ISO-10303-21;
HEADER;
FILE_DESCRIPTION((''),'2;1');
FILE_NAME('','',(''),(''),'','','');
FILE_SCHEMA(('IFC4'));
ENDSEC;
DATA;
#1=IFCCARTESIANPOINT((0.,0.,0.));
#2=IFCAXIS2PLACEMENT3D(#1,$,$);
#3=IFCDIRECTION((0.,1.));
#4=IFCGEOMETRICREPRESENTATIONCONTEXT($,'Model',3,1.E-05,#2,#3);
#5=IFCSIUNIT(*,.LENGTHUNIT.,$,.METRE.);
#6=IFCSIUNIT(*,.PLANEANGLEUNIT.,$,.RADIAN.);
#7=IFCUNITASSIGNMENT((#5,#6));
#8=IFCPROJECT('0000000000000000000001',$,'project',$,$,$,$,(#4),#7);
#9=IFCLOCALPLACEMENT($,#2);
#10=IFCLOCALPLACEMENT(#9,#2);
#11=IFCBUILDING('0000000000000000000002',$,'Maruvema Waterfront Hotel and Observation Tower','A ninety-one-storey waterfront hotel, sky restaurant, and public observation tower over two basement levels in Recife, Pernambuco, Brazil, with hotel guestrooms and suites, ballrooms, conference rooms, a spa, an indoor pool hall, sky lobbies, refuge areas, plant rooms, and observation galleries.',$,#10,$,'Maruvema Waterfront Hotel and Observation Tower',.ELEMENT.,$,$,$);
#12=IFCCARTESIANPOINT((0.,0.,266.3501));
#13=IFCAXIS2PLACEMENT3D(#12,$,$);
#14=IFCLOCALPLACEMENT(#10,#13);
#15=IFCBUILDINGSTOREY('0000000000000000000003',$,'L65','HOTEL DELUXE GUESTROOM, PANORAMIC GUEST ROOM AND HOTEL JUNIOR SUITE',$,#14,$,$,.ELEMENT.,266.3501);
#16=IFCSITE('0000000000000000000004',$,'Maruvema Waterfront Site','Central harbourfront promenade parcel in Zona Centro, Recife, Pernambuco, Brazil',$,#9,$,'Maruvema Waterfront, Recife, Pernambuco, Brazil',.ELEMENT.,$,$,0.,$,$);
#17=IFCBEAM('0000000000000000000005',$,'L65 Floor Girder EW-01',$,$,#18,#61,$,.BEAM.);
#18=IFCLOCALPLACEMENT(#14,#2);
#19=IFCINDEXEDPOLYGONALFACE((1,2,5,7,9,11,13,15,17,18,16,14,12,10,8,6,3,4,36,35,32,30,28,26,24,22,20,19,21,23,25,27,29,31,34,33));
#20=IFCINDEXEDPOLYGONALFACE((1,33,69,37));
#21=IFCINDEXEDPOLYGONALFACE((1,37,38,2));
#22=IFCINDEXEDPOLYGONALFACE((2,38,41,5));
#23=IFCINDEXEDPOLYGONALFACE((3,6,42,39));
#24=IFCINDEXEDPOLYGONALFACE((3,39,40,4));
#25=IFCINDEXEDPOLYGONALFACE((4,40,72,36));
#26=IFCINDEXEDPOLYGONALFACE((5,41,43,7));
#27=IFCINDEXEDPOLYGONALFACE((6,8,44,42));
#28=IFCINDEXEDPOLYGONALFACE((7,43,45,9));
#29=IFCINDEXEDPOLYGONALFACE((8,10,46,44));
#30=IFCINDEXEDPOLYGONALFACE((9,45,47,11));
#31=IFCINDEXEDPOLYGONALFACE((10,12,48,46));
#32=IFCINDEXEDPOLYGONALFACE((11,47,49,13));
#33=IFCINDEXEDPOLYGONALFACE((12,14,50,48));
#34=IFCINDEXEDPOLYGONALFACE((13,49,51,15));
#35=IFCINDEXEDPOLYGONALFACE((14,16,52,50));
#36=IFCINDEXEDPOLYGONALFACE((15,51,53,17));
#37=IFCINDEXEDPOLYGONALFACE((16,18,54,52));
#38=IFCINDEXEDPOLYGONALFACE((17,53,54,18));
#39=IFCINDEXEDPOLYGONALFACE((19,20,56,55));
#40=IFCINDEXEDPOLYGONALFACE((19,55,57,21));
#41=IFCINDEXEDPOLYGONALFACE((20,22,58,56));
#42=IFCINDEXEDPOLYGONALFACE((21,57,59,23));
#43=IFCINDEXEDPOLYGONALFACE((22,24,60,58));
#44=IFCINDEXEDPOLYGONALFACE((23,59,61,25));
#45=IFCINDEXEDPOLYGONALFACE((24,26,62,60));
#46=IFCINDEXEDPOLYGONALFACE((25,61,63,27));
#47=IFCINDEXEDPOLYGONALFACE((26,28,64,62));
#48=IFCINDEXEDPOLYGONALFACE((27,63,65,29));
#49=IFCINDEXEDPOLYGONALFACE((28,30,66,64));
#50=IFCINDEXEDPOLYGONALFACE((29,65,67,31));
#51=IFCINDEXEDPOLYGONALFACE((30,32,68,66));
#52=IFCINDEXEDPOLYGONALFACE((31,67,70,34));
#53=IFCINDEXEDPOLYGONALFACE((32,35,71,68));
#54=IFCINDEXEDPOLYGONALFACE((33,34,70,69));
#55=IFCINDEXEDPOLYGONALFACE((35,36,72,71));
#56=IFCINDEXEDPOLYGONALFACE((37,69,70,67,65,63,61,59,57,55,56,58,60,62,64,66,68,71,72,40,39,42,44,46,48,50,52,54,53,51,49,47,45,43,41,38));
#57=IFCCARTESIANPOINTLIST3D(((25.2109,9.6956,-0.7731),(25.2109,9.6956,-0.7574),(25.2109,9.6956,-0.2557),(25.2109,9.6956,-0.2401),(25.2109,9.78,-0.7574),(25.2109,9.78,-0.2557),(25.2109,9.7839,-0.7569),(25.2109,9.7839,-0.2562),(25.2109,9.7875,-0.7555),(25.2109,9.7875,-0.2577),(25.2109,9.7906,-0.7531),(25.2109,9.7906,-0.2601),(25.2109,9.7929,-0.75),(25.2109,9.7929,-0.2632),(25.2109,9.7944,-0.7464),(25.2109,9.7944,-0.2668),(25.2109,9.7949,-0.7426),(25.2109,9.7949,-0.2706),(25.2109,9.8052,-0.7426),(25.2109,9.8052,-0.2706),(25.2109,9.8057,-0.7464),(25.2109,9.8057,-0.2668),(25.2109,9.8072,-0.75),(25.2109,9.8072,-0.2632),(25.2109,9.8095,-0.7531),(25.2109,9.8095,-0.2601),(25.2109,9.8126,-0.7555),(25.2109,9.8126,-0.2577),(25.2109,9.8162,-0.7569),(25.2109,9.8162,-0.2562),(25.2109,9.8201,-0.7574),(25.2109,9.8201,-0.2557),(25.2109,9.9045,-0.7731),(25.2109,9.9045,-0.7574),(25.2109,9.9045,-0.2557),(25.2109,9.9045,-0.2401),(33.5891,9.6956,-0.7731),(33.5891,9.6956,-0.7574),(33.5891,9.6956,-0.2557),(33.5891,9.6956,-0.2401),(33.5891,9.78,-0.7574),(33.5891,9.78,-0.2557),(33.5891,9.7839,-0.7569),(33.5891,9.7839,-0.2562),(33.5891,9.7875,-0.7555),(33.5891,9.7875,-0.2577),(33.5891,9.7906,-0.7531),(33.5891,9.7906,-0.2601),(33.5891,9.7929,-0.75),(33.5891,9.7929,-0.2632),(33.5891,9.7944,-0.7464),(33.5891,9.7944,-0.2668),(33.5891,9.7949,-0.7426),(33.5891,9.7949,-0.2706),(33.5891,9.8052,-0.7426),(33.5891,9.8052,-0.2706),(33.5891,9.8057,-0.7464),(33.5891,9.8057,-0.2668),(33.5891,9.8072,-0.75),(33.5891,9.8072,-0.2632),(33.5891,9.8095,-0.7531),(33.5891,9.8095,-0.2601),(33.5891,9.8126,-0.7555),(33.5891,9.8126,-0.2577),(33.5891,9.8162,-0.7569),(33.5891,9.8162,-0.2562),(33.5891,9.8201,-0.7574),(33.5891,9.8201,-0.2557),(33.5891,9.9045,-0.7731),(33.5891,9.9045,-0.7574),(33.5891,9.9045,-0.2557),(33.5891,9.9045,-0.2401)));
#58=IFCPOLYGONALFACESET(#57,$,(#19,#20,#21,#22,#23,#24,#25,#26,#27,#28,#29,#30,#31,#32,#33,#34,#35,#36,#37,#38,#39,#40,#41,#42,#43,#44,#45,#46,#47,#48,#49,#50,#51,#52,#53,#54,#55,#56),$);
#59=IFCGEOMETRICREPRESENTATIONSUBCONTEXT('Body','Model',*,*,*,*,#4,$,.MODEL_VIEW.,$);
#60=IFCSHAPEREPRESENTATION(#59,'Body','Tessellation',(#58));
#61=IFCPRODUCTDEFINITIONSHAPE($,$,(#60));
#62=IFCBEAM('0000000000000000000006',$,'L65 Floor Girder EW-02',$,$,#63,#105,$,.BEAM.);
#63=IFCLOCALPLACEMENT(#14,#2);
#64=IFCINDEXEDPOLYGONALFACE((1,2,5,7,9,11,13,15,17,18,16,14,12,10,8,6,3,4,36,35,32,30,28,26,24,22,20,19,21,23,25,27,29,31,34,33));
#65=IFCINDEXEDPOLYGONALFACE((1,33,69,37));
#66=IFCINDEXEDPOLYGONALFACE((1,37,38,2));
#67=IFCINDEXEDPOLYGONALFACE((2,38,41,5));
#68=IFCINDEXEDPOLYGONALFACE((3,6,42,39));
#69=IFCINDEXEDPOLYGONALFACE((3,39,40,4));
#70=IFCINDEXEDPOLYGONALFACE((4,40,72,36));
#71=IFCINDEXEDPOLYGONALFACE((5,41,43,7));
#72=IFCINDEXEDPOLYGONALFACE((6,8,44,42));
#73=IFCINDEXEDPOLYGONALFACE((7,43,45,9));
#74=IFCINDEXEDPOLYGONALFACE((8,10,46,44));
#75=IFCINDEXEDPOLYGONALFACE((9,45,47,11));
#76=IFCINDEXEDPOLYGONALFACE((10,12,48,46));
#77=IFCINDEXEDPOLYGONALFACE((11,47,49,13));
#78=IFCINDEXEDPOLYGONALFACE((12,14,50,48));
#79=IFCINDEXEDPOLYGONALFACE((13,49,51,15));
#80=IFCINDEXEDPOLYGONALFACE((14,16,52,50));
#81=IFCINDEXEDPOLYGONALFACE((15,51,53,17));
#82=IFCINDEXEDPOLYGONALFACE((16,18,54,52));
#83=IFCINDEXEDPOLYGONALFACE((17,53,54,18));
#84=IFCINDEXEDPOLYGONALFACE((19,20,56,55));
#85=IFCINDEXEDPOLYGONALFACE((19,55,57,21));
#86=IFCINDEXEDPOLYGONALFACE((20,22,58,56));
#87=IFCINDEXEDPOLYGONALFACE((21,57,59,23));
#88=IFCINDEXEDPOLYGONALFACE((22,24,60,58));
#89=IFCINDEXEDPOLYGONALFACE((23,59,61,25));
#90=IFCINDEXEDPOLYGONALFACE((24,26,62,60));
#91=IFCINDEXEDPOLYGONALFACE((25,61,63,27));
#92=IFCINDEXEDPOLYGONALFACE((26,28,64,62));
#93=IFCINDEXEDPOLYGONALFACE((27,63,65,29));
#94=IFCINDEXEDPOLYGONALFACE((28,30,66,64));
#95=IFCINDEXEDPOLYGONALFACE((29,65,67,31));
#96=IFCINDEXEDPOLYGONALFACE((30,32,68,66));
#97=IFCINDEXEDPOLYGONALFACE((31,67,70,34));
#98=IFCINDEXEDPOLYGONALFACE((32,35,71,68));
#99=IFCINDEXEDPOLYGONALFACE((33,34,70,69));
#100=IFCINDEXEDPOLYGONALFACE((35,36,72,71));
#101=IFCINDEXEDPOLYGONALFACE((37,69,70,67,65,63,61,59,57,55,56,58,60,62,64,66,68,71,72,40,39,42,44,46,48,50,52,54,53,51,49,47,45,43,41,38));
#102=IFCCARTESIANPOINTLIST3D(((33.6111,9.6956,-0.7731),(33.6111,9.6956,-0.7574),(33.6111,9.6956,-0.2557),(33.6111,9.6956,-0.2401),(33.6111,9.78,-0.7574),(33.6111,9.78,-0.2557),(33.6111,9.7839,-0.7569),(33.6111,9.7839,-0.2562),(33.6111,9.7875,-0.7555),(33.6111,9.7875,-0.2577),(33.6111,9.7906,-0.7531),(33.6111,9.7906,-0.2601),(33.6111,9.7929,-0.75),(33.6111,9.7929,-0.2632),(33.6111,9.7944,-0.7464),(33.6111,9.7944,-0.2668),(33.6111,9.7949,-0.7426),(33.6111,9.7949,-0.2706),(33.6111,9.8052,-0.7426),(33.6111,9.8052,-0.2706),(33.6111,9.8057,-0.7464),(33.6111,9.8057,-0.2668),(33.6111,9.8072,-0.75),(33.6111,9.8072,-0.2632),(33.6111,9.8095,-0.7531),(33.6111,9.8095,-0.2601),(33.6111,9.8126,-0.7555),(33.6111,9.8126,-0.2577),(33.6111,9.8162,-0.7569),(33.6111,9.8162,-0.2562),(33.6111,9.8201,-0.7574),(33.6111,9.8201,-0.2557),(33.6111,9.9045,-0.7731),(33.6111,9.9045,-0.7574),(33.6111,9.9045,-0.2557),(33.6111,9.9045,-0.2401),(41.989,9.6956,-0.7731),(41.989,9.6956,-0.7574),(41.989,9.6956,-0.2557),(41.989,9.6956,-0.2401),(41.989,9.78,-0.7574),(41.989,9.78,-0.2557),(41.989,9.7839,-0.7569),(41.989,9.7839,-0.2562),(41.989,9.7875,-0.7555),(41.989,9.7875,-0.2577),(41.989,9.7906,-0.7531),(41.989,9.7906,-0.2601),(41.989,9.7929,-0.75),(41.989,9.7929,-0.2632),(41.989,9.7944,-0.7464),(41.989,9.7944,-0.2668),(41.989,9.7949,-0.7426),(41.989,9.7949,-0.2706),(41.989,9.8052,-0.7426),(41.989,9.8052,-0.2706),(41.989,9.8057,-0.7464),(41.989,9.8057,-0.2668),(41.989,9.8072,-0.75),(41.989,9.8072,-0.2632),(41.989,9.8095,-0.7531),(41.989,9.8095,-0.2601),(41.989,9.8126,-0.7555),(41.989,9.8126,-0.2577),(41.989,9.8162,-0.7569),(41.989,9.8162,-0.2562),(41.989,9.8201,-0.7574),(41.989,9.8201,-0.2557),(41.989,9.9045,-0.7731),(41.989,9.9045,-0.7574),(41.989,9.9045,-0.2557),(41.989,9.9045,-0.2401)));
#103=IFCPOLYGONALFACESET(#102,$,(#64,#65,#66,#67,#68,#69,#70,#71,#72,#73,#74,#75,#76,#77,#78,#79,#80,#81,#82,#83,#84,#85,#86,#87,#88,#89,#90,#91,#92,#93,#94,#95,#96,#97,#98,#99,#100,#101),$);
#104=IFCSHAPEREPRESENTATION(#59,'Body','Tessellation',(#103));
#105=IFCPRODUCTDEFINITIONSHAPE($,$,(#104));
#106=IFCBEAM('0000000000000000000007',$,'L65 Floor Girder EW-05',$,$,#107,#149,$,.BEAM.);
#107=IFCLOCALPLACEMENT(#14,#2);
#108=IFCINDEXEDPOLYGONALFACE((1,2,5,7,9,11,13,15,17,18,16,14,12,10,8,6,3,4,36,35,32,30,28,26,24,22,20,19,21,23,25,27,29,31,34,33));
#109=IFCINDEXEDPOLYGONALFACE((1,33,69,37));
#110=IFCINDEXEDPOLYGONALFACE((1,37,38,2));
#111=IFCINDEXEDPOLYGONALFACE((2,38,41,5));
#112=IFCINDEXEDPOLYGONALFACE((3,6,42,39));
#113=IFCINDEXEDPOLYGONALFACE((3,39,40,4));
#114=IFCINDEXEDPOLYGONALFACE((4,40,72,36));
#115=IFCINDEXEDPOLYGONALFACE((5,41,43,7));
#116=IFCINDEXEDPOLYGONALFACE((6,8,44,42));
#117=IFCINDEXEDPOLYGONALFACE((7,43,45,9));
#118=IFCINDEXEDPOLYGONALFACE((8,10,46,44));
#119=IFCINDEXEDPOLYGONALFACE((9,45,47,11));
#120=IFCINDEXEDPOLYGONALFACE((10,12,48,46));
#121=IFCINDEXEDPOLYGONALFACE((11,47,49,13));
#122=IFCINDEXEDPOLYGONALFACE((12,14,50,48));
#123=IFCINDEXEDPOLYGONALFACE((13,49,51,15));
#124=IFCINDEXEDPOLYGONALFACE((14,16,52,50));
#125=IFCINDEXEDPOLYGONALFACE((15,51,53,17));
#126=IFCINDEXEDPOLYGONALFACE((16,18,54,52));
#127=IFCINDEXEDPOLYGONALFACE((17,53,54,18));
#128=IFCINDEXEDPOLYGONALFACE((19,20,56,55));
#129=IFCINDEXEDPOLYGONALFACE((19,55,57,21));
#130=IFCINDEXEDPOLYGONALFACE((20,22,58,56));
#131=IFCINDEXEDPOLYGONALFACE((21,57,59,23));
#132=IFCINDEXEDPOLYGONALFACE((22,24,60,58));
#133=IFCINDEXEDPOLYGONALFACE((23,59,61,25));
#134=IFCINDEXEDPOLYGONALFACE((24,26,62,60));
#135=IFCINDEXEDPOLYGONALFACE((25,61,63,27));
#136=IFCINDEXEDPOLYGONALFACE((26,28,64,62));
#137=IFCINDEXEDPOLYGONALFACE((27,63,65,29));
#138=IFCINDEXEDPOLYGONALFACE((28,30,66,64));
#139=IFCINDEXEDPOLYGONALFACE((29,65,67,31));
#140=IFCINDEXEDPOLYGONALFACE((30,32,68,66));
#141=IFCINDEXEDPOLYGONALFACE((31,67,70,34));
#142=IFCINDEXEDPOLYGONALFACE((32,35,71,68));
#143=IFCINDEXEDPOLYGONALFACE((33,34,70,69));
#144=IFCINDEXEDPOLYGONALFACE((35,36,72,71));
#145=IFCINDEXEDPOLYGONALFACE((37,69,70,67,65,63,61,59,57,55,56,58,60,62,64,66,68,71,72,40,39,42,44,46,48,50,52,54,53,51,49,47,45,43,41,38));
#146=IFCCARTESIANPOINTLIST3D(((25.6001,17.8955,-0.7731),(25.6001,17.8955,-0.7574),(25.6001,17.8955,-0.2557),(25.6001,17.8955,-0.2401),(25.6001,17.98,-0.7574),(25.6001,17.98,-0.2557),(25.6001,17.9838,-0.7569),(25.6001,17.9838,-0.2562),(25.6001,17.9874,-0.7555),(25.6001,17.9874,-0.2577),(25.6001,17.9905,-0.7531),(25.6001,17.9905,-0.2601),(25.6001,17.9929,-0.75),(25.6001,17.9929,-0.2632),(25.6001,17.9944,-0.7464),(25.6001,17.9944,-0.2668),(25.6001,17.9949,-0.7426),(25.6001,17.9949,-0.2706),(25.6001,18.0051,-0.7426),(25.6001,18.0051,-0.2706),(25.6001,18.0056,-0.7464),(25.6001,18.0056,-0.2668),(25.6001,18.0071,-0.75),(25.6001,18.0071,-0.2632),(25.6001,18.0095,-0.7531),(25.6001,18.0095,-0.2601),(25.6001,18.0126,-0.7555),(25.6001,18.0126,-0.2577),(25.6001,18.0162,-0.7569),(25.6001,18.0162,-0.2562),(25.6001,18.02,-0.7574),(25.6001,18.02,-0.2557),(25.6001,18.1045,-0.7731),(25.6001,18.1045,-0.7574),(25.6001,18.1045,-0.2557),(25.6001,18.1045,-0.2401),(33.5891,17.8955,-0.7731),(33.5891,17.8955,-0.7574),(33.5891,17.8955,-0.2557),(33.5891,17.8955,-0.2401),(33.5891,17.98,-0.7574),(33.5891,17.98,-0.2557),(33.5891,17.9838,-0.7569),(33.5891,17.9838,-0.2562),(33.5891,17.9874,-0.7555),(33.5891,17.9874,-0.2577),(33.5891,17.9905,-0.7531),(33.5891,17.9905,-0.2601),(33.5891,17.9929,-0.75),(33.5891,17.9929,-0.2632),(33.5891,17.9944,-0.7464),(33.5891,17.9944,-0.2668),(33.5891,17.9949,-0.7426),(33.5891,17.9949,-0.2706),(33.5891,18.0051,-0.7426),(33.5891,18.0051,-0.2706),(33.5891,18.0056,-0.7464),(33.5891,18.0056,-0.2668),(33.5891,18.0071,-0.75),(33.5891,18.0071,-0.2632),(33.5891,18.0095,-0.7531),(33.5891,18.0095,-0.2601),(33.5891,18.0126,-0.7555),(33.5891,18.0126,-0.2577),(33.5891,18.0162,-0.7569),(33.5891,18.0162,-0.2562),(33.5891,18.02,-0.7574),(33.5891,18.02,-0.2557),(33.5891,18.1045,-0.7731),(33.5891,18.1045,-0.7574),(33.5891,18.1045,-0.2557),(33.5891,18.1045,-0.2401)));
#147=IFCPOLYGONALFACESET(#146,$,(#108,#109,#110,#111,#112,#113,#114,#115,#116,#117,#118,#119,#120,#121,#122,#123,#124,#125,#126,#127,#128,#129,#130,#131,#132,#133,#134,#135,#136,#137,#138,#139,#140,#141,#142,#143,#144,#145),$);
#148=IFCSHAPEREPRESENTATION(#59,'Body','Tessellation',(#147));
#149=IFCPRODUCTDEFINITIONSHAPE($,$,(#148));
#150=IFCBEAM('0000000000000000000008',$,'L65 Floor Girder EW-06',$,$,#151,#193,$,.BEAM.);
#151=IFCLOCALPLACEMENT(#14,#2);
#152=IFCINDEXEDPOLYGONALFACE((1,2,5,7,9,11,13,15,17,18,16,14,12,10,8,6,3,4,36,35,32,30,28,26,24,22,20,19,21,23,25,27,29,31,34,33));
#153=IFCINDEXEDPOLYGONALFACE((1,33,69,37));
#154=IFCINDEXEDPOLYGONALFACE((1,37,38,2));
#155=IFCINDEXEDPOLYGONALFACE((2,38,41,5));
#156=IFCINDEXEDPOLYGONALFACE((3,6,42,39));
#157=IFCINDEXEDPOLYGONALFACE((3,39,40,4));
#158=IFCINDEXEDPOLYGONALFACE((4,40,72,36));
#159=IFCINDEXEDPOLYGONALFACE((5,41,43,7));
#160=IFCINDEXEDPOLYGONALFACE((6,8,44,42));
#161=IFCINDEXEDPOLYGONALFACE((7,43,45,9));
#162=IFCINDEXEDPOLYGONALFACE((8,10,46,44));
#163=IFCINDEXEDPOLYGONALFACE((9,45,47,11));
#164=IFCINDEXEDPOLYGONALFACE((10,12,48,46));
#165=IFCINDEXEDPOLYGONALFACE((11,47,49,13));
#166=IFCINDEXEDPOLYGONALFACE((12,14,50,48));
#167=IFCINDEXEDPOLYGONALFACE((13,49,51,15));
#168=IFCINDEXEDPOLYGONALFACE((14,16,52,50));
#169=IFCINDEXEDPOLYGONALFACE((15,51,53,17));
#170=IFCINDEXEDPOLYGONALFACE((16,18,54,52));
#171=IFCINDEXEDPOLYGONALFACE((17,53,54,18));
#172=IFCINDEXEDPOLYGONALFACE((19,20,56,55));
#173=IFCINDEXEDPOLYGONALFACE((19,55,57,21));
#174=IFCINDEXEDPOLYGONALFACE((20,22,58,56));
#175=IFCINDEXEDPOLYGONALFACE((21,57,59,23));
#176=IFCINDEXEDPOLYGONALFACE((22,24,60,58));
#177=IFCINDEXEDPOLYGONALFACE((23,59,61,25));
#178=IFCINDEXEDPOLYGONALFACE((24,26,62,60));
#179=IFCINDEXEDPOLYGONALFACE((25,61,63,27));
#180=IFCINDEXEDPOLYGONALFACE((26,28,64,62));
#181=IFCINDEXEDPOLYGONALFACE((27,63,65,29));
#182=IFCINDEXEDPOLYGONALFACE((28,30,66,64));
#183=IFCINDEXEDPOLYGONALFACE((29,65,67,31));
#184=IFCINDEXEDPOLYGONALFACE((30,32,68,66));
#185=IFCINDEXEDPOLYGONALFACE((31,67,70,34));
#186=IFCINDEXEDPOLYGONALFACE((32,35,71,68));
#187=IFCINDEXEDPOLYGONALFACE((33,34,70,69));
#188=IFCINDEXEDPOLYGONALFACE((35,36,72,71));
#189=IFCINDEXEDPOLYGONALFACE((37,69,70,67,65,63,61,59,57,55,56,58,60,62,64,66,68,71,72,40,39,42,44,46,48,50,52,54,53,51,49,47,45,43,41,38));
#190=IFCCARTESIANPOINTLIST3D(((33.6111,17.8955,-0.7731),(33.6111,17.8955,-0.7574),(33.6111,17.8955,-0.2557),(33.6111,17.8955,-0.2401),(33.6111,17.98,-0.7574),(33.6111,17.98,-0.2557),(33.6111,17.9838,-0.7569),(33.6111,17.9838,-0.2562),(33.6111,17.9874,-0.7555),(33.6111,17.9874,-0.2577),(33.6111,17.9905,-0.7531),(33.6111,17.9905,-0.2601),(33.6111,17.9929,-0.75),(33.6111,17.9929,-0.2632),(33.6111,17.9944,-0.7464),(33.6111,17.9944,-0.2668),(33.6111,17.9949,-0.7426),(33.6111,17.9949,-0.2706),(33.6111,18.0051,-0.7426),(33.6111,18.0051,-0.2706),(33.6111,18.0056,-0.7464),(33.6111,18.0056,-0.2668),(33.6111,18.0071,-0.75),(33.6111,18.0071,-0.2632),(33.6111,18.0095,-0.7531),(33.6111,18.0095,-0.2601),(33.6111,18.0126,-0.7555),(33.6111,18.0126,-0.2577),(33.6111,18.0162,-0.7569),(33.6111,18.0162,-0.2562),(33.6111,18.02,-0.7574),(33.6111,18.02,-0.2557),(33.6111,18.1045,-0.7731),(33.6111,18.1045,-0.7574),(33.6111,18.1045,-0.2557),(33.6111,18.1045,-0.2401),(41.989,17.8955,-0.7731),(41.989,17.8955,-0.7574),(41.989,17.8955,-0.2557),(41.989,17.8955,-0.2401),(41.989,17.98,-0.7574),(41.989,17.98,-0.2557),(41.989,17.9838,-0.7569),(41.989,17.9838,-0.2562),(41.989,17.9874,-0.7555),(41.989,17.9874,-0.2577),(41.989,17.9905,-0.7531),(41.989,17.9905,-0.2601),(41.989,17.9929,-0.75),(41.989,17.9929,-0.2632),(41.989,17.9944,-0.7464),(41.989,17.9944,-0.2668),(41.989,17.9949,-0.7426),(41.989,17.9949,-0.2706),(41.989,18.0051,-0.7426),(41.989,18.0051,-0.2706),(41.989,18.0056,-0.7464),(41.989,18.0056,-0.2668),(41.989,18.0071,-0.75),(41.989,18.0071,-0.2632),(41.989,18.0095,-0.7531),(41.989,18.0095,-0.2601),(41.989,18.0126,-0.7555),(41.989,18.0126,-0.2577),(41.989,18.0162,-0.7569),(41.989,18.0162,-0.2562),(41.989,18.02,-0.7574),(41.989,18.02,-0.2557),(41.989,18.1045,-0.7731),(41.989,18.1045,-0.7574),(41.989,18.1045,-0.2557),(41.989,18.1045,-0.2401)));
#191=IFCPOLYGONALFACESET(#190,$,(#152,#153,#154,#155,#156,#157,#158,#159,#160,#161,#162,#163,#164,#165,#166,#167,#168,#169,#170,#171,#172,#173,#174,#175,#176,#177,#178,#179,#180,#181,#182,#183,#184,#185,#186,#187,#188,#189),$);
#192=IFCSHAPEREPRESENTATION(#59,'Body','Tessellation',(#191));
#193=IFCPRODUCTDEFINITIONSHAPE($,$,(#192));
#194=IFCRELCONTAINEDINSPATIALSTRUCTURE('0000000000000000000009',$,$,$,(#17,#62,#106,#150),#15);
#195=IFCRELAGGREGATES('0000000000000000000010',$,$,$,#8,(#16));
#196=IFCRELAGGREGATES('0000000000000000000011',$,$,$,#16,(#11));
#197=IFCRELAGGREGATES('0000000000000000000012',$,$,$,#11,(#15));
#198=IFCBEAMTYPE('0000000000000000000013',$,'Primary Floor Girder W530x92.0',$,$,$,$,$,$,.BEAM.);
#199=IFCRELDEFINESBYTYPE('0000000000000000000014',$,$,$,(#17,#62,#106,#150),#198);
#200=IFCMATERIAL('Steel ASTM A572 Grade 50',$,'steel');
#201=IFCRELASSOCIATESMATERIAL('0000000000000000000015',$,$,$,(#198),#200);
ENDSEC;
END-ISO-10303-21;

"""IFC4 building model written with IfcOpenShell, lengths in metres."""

from ifc_helpers import new_model, si_unit, direction, frame, origin, origin_2d, place, context, subcontext, project, spatial, i_section, extrude, material, material_profile, profile_set, type_object, element, save


model = new_model("IFC4")

# Units and contexts
model_context = context("Model", 3, precision=1e-05, world=origin(), true_north=direction((0.0, 1.0)))
body_context = subcontext(model_context, "Body", "Model", "MODEL_VIEW")
ifc_project = project(units=[si_unit("LENGTHUNIT", "METRE"), si_unit("PLANEANGLEUNIT", "RADIAN")], contexts=[model_context])

# Site, building, storey
site_placement = place(None, origin())
site = spatial("IfcSite", under=ifc_project, at=site_placement, Name="Maruvema Waterfront Site", Description="Central harbourfront promenade parcel in Zona Centro, Recife, Pernambuco, Brazil", LongName="Maruvema Waterfront, Recife, Pernambuco, Brazil", CompositionType="ELEMENT", RefElevation=0.0)
building_placement = place(site_placement, origin())
building = spatial("IfcBuilding", under=site, at=building_placement, Name="Maruvema Waterfront Hotel and Observation Tower", Description="A ninety-one-storey waterfront hotel, sky restaurant, and public observation tower over two basement levels in Recife, Pernambuco, Brazil, with hotel guestrooms and suites, ballrooms, conference rooms, a spa, an indoor pool hall, sky lobbies, refuge areas, plant rooms, and observation galleries.", LongName="Maruvema Waterfront Hotel and Observation Tower", CompositionType="ELEMENT")
storey_placement = place(building_placement, frame((0.0, 0.0, 266.3501)))
storey = spatial("IfcBuildingStorey", under=building, at=storey_placement, Name="L65", Description="HOTEL DELUXE GUESTROOM, PANORAMIC GUEST ROOM AND HOTEL JUNIOR SUITE", CompositionType="ELEMENT", Elevation=266.3501)

# Beams
ifc_material_1 = material(Name="Steel ASTM A572 Grade 50", Category="steel")
ifc_material_profile_1 = material_profile(ifc_material_1, i_section(OverallWidth=0.209, OverallDepth=0.533, WebThickness=0.0103, FlangeThickness=0.0156, FilletRadius=0.0149, at=origin_2d()), Name="W530x92.0")
ifc_profile_set_1 = profile_set([ifc_material_profile_1], Name="Steel ASTM A572 Grade 50")
beam_type_1 = type_object("IfcBeamType", Name="Primary Floor Girder W530x92.0", PredefinedType="BEAM", material=ifc_profile_set_1)
beam_1_placement = place(storey_placement, frame((25.2109, 9.8, -0.5066), z_axis=(1.0, 0.0, 0.0), x_axis=(0.0, 1.0, 0.0)))
element("IfcBeam", 1, at=beam_1_placement, inside=storey, type_object=beam_type_1, Name="L65 Floor Girder EW-01", PredefinedType="BEAM", context=body_context, shape_type="SweptSolid", body=[
    extrude(i_section(OverallWidth=0.209, OverallDepth=0.533, WebThickness=0.0103, FlangeThickness=0.0156, FilletRadius=0.0149, at=origin_2d()), origin(), (0.0, 0.0, 1.0), 8.3782),
])
beam_2_placement = place(storey_placement, frame((33.6111, 9.8, -0.5066), z_axis=(1.0, 0.0, 0.0), x_axis=(0.0, 1.0, 0.0)))
element("IfcBeam", 2, at=beam_2_placement, inside=storey, type_object=beam_type_1, Name="L65 Floor Girder EW-02", PredefinedType="BEAM", context=body_context, shape_type="SweptSolid", body=[
    extrude(i_section(OverallWidth=0.209, OverallDepth=0.533, WebThickness=0.0103, FlangeThickness=0.0156, FilletRadius=0.0149, at=origin_2d()), origin(), (0.0, 0.0, 1.0), 8.3779),
])
beam_3_placement = place(storey_placement, frame((25.6001, 18.0, -0.5066), z_axis=(1.0, 0.0, 0.0), x_axis=(0.0, 1.0, 0.0)))
element("IfcBeam", 3, at=beam_3_placement, inside=storey, type_object=beam_type_1, Name="L65 Floor Girder EW-05", PredefinedType="BEAM", context=body_context, shape_type="SweptSolid", body=[
    extrude(i_section(OverallWidth=0.209, OverallDepth=0.533, WebThickness=0.0103, FlangeThickness=0.0156, FilletRadius=0.0149, at=origin_2d()), origin(), (0.0, 0.0, 1.0), 7.989),
])
beam_4_placement = place(storey_placement, frame((33.6111, 18.0, -0.5066), z_axis=(1.0, 0.0, 0.0), x_axis=(0.0, 1.0, 0.0)))
element("IfcBeam", 4, at=beam_4_placement, inside=storey, type_object=beam_type_1, Name="L65 Floor Girder EW-06", PredefinedType="BEAM", context=body_context, shape_type="SweptSolid", body=[
    extrude(i_section(OverallWidth=0.209, OverallDepth=0.533, WebThickness=0.0103, FlangeThickness=0.0156, FilletRadius=0.0149, at=origin_2d()), origin(), (0.0, 0.0, 1.0), 8.3779),
])

save(model, "model.ifc")
